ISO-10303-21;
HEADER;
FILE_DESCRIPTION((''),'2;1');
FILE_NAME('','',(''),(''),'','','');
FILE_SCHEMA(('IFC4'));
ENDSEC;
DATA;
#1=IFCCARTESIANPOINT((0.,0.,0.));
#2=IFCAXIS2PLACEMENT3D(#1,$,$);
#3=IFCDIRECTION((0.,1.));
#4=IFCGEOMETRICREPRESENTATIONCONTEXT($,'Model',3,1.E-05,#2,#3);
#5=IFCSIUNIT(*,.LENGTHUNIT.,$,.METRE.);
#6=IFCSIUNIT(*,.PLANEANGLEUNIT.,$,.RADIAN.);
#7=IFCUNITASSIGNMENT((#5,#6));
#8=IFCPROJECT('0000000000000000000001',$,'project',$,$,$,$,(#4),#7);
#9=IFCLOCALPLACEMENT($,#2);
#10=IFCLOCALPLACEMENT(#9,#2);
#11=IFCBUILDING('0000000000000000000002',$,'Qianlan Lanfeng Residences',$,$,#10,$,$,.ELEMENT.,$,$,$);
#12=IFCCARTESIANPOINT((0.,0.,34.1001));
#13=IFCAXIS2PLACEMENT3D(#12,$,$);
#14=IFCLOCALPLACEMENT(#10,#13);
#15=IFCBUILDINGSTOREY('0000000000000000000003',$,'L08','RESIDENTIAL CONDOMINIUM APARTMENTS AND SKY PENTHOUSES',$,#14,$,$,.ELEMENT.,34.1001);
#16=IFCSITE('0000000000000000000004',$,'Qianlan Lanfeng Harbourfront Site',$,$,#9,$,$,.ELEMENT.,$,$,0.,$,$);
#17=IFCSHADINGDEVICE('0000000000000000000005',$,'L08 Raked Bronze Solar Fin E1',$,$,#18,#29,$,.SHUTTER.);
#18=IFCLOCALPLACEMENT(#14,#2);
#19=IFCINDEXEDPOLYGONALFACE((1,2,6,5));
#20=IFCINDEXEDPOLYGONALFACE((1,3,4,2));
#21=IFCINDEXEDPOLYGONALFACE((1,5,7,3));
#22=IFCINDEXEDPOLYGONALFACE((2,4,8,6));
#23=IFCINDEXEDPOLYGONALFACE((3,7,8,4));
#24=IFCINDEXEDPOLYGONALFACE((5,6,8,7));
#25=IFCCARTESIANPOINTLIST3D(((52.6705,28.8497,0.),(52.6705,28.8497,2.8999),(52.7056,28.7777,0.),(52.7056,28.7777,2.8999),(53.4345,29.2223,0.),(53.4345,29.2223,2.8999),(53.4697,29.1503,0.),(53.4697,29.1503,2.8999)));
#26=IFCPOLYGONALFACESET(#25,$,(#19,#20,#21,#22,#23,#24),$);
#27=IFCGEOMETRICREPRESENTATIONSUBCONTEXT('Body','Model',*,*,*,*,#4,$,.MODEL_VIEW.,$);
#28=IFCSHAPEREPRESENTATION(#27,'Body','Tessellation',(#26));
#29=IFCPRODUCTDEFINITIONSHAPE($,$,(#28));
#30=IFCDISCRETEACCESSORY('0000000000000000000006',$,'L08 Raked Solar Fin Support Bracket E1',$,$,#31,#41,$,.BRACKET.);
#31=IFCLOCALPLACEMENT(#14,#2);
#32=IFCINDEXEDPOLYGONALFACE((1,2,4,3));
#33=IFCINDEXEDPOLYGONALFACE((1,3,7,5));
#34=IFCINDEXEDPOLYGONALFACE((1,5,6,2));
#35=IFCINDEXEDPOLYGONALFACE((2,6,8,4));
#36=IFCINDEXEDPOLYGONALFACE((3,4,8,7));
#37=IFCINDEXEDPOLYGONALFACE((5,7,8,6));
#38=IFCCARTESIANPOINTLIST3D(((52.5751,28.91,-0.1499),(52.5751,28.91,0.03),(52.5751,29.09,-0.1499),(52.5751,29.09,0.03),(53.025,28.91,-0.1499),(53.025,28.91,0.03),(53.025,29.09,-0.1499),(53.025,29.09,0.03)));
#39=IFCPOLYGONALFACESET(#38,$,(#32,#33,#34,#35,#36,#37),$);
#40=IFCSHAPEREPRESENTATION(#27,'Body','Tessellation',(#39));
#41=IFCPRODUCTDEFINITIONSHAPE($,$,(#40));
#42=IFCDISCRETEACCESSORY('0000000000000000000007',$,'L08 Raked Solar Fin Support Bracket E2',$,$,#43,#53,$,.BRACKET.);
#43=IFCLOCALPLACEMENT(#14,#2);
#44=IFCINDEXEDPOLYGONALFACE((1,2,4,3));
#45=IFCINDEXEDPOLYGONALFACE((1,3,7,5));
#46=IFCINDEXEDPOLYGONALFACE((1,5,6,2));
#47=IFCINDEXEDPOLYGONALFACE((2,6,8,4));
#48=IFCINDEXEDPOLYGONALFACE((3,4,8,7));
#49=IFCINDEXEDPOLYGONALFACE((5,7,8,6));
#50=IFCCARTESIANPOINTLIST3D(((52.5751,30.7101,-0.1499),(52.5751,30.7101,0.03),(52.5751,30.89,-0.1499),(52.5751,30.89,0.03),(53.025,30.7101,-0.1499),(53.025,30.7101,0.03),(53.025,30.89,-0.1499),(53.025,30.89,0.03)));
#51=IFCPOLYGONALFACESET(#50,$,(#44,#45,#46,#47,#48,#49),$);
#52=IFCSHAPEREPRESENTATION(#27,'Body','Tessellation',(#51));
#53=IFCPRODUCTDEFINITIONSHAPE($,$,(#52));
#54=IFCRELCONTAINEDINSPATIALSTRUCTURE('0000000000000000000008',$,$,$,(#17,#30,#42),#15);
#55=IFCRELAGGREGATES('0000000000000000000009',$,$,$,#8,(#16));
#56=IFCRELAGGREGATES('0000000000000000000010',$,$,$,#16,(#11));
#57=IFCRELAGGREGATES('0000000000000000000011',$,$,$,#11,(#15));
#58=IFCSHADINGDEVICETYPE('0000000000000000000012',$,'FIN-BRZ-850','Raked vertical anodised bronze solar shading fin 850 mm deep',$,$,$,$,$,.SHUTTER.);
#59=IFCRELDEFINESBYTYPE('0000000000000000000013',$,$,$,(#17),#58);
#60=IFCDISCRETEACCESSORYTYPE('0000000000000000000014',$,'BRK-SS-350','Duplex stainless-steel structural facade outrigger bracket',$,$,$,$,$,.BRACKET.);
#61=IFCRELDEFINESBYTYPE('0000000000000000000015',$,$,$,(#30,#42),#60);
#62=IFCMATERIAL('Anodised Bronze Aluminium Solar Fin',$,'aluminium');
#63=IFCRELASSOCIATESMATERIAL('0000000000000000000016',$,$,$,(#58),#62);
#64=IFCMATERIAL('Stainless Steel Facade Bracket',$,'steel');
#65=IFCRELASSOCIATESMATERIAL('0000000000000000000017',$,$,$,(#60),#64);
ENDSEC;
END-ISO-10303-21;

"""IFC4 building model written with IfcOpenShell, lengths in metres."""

from ifc_helpers import new_model, si_unit, direction, frame, origin, origin_2d, place, context, subcontext, project, spatial, rectangle, extrude, source, transform, mapped, material, type_object, element, save


model = new_model("IFC4")

# Units and contexts
model_context = context("Model", 3, precision=1e-05, world=origin(), true_north=direction((0.0, 1.0)))
body_context = subcontext(model_context, "Body", "Model", "MODEL_VIEW")
ifc_project = project(units=[si_unit("LENGTHUNIT", "METRE"), si_unit("PLANEANGLEUNIT", "RADIAN")], contexts=[model_context])

# Site, building, storey
site_placement = place(None, origin())
site = spatial("IfcSite", under=ifc_project, at=site_placement, Name="Qianlan Lanfeng Harbourfront Site", CompositionType="ELEMENT", RefElevation=0.0)
building_placement = place(site_placement, origin())
building = spatial("IfcBuilding", under=site, at=building_placement, Name="Qianlan Lanfeng Residences", CompositionType="ELEMENT")
storey_placement = place(building_placement, frame((0.0, 0.0, 34.1001)))
storey = spatial("IfcBuildingStorey", under=building, at=storey_placement, Name="L08", Description="RESIDENTIAL CONDOMINIUM APARTMENTS AND SKY PENTHOUSES", CompositionType="ELEMENT", Elevation=34.1001)

# Shading device
ifc_material_1 = material(Name="Anodised Bronze Aluminium Solar Fin", Category="aluminium")
shading_device_type = type_object("IfcShadingDeviceType", Name="FIN-BRZ-850", Description="Raked vertical anodised bronze solar shading fin 850 mm deep", PredefinedType="SHUTTER", material=ifc_material_1)
shared_shape_1 = source(origin(), body_context, "Body", "SweptSolid", [
    extrude(rectangle(XDim=0.8501, YDim=0.0801, at=origin_2d()), origin(), (0.0, 0.0, 1.0), 2.8999),
])
shading_device_placement = place(storey_placement, frame((53.0701, 29.0, 0.0), z_axis=(0.0, 0.0, 1.0), x_axis=(0.898794, 0.438371, 0.0)))
element("IfcShadingDevice", 1, at=shading_device_placement, inside=storey, type_object=shading_device_type, Name="L08 Raked Bronze Solar Fin E1", PredefinedType="SHUTTER", context=body_context, shape_type="MappedRepresentation", body=[
    mapped(shared_shape_1, transform((0.0, 0.0, 0.0), scale=1.0)),
])

# Discrete accessories
ifc_material_2 = material(Name="Stainless Steel Facade Bracket", Category="steel")
discrete_accessory_type = type_object("IfcDiscreteAccessoryType", Name="BRK-SS-350", Description="Duplex stainless-steel structural facade outrigger bracket", PredefinedType="BRACKET", material=ifc_material_2)
shared_shape_2 = source(origin(), body_context, "Body", "SweptSolid", [
    extrude(rectangle(XDim=0.45, YDim=0.1799, at=origin_2d()), origin(), (0.0, 0.0, 1.0), 0.1799),
])
for number, where, z_axis, x_axis, name in (
    (2, (52.8, 29.0, -0.1499), (0.0, 0.0, 1.0), (1.0, 0.0, 0.0), "L08 Raked Solar Fin Support Bracket E1"),
    (3, (52.8, 30.8, -0.1499), (0.0, 0.0, 1.0), (1.0, 0.0, 0.0), "L08 Raked Solar Fin Support Bracket E2"),
):
    element("IfcDiscreteAccessory", number, at=place(storey_placement, frame(where, z_axis=z_axis, x_axis=x_axis)), inside=storey, type_object=discrete_accessory_type, Name=name, PredefinedType="BRACKET", context=body_context, shape_type="MappedRepresentation", body=[
        mapped(shared_shape_2, transform((0.0, 0.0, 0.0), scale=1.0)),
    ])

save(model, "model.ifc")
